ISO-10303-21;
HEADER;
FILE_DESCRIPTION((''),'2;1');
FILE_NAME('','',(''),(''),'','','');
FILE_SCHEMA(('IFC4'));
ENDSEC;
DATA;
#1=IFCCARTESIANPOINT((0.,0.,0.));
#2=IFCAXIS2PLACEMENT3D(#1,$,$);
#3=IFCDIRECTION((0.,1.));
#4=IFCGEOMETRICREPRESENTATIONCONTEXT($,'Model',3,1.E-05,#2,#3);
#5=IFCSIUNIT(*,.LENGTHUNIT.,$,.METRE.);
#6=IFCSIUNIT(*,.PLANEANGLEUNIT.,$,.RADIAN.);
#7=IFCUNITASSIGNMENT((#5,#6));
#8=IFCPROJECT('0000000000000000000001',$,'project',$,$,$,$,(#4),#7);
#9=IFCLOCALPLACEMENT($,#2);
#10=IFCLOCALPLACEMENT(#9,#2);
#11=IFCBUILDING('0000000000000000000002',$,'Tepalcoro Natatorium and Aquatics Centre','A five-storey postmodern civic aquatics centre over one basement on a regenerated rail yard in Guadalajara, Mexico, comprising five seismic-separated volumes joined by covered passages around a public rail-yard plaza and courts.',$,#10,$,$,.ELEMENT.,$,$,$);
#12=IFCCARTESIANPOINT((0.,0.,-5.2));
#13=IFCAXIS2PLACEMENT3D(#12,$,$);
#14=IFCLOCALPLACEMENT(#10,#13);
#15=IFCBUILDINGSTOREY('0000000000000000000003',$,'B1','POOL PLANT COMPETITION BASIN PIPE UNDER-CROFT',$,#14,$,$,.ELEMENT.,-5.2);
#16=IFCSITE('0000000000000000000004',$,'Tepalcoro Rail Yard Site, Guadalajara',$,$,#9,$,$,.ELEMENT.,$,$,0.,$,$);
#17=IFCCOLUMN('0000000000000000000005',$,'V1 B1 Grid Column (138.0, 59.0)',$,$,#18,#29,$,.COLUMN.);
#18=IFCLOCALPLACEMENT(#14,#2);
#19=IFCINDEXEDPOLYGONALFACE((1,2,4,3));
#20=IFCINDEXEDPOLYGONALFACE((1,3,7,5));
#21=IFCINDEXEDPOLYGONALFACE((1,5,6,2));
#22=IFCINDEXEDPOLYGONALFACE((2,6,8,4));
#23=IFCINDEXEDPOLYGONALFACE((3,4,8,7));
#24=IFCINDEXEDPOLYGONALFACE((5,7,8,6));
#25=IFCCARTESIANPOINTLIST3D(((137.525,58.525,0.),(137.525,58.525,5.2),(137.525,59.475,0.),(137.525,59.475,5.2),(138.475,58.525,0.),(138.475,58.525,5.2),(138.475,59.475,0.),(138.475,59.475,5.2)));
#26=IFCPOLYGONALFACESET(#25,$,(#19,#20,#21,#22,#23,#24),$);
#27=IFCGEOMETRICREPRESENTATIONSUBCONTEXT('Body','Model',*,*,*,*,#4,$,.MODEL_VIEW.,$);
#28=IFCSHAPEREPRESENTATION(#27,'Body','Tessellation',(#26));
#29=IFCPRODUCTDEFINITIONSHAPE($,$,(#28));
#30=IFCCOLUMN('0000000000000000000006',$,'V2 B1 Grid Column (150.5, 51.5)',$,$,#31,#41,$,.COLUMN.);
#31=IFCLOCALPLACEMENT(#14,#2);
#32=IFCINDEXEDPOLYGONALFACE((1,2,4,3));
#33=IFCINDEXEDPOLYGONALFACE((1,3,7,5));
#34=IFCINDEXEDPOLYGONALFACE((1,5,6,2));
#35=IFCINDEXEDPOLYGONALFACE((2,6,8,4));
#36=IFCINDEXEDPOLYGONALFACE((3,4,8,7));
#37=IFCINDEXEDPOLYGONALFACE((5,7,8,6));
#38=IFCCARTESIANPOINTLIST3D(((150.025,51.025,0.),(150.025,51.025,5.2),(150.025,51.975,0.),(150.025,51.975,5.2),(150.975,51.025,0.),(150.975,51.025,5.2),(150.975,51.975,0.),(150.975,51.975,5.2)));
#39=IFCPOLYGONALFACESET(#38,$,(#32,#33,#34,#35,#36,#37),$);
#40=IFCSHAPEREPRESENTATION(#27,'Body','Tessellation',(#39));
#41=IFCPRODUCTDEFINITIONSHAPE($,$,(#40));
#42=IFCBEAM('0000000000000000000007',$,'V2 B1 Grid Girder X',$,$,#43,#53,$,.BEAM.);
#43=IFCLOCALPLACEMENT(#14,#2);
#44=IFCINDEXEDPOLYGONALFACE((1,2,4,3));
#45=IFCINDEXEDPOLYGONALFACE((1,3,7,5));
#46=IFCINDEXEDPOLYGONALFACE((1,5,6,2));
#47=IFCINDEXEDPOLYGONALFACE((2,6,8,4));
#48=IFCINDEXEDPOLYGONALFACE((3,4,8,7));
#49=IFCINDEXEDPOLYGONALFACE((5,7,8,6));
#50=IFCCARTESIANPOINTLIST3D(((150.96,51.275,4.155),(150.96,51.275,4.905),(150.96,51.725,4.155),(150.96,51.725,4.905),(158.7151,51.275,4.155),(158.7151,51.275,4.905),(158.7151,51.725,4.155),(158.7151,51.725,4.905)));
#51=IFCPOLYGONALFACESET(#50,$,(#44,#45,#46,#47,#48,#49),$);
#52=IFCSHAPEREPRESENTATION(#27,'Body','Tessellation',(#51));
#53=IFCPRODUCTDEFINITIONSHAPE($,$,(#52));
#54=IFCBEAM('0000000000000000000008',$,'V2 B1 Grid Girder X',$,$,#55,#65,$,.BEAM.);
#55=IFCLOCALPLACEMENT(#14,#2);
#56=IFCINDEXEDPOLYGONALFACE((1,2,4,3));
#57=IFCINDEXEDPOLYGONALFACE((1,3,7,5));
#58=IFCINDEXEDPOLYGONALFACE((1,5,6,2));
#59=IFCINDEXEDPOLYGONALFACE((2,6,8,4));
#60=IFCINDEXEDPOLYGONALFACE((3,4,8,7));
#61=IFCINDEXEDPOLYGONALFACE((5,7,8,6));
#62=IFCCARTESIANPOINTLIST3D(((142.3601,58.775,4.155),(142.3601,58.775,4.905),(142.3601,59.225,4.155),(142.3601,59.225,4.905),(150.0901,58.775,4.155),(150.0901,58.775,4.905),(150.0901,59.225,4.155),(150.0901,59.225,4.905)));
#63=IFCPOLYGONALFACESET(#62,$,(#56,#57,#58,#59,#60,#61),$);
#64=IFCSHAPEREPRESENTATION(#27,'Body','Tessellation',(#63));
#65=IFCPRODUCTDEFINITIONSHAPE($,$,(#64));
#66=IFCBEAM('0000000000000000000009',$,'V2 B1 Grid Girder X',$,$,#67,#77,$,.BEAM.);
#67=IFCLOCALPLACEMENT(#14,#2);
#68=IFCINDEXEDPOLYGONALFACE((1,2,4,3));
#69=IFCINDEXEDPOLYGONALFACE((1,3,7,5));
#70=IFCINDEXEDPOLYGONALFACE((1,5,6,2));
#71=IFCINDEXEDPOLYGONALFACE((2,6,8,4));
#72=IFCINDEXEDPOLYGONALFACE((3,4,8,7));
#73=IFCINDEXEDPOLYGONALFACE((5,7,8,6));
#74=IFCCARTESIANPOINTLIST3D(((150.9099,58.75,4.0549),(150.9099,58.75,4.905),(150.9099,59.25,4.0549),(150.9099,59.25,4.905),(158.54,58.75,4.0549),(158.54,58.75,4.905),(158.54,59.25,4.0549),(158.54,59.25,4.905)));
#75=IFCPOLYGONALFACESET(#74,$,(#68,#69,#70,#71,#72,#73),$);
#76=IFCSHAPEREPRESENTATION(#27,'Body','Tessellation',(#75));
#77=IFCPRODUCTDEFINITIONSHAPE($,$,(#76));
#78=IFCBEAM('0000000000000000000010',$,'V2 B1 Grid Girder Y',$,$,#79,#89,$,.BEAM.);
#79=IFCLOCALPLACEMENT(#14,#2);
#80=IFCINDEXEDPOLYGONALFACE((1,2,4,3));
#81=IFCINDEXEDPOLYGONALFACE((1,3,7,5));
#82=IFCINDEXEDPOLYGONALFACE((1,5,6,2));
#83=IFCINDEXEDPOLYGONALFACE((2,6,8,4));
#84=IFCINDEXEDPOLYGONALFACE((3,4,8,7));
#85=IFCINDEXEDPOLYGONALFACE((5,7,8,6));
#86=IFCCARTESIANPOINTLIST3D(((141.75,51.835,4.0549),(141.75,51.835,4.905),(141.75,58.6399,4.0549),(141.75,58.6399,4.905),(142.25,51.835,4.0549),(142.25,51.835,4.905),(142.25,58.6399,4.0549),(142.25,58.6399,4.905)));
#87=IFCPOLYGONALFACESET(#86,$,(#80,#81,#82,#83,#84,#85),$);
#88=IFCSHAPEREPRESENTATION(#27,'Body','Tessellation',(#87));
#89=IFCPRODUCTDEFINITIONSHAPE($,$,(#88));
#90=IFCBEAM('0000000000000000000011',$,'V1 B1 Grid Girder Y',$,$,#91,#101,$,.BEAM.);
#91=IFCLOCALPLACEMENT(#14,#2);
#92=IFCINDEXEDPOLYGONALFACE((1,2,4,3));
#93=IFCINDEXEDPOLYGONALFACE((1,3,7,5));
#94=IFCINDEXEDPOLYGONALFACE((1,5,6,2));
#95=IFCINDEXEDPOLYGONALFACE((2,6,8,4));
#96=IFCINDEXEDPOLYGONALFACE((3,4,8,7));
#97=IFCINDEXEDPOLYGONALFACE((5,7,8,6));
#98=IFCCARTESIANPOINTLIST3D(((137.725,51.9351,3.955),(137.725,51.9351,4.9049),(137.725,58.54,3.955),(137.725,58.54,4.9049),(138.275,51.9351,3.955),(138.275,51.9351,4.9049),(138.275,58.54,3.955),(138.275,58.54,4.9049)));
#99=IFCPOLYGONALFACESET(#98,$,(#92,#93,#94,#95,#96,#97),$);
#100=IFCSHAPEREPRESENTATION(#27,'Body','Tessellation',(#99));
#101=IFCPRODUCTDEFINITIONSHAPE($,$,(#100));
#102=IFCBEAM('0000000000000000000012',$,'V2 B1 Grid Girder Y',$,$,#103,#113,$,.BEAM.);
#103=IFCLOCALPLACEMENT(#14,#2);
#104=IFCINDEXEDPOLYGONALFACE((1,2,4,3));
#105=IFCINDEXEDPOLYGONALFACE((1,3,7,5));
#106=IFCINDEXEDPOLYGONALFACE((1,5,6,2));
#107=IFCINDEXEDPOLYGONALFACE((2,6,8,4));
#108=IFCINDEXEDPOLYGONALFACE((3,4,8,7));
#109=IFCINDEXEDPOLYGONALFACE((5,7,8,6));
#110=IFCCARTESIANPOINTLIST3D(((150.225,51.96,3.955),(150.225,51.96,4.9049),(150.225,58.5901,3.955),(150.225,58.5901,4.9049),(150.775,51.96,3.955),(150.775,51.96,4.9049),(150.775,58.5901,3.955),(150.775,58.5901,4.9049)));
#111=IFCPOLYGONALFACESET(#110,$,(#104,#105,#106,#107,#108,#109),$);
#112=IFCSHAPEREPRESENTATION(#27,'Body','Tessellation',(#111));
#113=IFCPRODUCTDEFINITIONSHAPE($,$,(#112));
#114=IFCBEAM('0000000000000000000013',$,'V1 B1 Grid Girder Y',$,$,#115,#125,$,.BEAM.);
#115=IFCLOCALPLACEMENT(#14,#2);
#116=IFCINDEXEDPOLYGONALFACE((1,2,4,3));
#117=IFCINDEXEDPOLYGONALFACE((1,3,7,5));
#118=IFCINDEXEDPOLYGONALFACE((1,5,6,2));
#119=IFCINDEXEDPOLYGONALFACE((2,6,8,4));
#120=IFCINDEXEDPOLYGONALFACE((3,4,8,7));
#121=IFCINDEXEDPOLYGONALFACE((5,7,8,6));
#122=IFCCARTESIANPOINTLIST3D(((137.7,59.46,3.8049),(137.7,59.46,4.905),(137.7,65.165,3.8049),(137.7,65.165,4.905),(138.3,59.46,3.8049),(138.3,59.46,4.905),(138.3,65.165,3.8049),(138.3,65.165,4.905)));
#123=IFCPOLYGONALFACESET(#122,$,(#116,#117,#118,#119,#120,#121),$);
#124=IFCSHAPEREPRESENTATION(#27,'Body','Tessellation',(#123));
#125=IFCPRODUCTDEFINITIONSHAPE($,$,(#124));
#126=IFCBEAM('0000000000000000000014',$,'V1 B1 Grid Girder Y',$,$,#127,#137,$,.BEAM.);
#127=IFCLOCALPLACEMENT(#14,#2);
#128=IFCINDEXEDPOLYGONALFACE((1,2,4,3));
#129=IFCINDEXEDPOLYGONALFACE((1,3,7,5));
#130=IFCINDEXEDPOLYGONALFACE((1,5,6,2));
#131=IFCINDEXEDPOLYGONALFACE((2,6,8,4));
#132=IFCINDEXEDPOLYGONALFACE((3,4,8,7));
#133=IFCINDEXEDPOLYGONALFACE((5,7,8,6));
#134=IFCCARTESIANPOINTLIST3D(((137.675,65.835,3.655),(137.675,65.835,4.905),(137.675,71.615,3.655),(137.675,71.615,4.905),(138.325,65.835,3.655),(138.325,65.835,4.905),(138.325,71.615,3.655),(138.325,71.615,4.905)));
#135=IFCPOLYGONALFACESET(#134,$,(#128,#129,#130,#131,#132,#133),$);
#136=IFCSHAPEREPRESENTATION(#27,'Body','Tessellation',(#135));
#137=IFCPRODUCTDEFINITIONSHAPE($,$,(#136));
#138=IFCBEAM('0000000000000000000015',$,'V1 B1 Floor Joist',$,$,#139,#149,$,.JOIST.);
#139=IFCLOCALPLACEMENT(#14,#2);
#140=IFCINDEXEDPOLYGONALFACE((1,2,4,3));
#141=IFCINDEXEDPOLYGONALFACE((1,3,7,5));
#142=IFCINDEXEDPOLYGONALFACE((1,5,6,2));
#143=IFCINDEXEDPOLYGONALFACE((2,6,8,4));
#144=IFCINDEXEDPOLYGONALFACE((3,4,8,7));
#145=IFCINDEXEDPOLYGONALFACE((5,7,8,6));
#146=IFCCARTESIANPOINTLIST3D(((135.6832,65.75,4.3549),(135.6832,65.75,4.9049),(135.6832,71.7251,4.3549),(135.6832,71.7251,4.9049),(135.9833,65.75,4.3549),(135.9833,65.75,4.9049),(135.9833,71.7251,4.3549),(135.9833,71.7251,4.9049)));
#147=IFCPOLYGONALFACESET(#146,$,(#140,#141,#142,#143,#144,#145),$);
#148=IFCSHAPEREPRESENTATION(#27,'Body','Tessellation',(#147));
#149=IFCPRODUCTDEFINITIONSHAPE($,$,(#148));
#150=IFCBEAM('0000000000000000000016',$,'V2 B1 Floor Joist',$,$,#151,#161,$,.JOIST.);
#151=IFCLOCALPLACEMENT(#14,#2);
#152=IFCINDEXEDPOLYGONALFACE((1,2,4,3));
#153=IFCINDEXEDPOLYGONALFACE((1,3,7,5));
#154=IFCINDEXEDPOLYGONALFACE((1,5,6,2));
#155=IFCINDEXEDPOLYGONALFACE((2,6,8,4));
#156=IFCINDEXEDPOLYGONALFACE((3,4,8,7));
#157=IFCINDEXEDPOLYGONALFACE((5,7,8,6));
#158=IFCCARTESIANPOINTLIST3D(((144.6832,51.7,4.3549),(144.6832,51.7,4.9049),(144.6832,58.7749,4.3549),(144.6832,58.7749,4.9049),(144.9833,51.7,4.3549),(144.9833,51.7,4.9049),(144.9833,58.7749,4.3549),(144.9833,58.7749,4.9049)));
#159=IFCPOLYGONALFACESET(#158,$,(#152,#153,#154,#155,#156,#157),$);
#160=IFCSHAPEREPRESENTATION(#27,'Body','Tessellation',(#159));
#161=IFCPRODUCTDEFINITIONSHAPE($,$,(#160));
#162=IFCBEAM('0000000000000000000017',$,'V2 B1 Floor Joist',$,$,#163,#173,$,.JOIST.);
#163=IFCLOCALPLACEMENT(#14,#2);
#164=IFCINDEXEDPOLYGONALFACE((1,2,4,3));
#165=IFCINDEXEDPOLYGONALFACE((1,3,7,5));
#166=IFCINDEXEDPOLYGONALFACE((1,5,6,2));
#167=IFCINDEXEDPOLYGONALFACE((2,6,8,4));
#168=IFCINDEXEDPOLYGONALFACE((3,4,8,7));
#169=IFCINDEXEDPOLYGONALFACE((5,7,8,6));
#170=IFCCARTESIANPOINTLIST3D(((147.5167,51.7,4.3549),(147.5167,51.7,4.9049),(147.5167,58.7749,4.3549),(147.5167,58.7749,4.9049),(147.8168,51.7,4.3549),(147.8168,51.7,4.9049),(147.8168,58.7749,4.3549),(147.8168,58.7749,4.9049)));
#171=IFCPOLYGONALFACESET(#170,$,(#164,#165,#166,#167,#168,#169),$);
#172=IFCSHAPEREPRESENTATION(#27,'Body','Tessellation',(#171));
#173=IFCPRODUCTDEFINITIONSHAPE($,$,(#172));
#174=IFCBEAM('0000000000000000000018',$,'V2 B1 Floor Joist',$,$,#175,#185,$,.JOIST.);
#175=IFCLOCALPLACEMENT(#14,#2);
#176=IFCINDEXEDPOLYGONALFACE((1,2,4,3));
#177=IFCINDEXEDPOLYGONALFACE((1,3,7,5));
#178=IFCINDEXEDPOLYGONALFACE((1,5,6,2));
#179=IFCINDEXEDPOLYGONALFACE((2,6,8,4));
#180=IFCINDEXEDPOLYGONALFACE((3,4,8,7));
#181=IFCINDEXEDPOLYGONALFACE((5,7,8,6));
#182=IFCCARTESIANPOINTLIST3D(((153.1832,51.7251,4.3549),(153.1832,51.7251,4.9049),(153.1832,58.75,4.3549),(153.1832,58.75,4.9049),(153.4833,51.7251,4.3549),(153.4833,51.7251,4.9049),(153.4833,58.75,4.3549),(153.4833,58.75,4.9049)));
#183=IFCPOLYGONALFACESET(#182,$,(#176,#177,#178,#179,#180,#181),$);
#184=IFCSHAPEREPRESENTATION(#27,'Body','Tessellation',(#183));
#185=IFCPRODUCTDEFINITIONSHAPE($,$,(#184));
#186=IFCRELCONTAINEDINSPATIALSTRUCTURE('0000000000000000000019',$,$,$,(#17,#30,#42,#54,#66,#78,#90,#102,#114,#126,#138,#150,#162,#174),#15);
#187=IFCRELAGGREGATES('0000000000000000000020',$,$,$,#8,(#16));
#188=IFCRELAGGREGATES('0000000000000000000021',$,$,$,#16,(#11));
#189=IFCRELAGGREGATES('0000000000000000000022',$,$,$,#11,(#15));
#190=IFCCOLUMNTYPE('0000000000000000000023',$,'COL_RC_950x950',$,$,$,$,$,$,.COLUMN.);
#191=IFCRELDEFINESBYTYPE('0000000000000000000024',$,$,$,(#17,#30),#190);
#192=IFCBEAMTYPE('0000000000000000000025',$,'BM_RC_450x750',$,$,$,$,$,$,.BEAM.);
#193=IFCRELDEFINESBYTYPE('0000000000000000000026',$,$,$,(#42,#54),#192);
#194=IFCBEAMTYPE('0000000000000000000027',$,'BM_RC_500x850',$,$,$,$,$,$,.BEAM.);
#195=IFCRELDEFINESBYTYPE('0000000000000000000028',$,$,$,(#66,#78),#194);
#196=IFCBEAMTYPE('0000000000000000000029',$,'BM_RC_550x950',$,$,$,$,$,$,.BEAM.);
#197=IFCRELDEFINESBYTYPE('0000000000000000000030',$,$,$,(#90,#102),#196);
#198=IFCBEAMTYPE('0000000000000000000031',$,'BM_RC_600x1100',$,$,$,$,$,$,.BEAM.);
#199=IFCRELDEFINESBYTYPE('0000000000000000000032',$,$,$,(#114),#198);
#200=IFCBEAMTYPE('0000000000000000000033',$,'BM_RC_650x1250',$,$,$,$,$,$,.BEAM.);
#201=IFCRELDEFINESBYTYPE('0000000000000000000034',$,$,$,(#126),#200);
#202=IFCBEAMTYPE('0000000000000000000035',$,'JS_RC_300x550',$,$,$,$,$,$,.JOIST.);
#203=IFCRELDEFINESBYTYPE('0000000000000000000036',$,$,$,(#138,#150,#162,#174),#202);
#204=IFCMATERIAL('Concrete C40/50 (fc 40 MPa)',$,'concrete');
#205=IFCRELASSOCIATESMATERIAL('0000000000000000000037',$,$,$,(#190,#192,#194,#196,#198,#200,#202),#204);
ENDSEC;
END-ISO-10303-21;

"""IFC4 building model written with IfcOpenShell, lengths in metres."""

from ifc_helpers import new_model, si_unit, direction, frame, origin, origin_2d, place, context, subcontext, project, spatial, rectangle, extrude, material, material_profile, profile_set, type_object, element, save


model = new_model("IFC4")

# Units and contexts
model_context = context("Model", 3, precision=1e-05, world=origin(), true_north=direction((0.0, 1.0)))
body_context = subcontext(model_context, "Body", "Model", "MODEL_VIEW")
ifc_project = project(units=[si_unit("LENGTHUNIT", "METRE"), si_unit("PLANEANGLEUNIT", "RADIAN")], contexts=[model_context])

# Site, building, storey
site_placement = place(None, origin())
site = spatial("IfcSite", under=ifc_project, at=site_placement, Name="Tepalcoro Rail Yard Site, Guadalajara", CompositionType="ELEMENT", RefElevation=0.0)
building_placement = place(site_placement, origin())
building = spatial("IfcBuilding", under=site, at=building_placement, Name="Tepalcoro Natatorium and Aquatics Centre", Description="A five-storey postmodern civic aquatics centre over one basement on a regenerated rail yard in Guadalajara, Mexico, comprising five seismic-separated volumes joined by covered passages around a public rail-yard plaza and courts.", CompositionType="ELEMENT")
storey_placement = place(building_placement, frame((0.0, 0.0, -5.2)))
storey = spatial("IfcBuildingStorey", under=building, at=storey_placement, Name="B1", Description="POOL PLANT COMPETITION BASIN PIPE UNDER-CROFT", CompositionType="ELEMENT", Elevation=-5.2)

# Shared definitions
ifc_material_1 = material(Name="Concrete C40/50 (fc 40 MPa)", Category="concrete")

# Columns
ifc_material_profile_1 = material_profile(ifc_material_1, rectangle(XDim=0.95, YDim=0.95, at=origin_2d()), Name="RC950x950")
ifc_profile_set_1 = profile_set([ifc_material_profile_1], Name="Concrete C40/50 (fc 40 MPa)")
column_type_1 = type_object("IfcColumnType", Name="COL_RC_950x950", PredefinedType="COLUMN", material=ifc_profile_set_1)
for number, where, z_axis, x_axis, name in (
    (1, (138.0, 59.0, 0.0), (0.0, 0.0, 1.0), (1.0, 0.0, 0.0), "V1 B1 Grid Column (138.0, 59.0)"),
    (2, (150.5, 51.5, 0.0), (0.0, 0.0, 1.0), (1.0, 0.0, 0.0), "V2 B1 Grid Column (150.5, 51.5)"),
):
    element("IfcColumn", number, at=place(storey_placement, frame(where, z_axis=z_axis, x_axis=x_axis)), inside=storey, type_object=column_type_1, Name=name, PredefinedType="COLUMN", context=body_context, shape_type="SweptSolid", body=[
        extrude(rectangle(XDim=0.95, YDim=0.95, at=origin_2d()), origin(), (0.0, 0.0, 1.0), 5.2),
    ])

# Beams
ifc_material_profile_2 = material_profile(ifc_material_1, rectangle(XDim=0.45, YDim=0.75, at=origin_2d()), Name="RCB450x750")
ifc_profile_set_2 = profile_set([ifc_material_profile_2], Name="Concrete C40/50 (fc 40 MPa)")
beam_type_1 = type_object("IfcBeamType", Name="BM_RC_450x750", PredefinedType="BEAM", material=ifc_profile_set_2)
beam_1_placement = place(storey_placement, frame((150.96, 51.5, 4.53), z_axis=(1.0, 0.0, 0.0), x_axis=(0.0, 1.0, 0.0)))
element("IfcBeam", 3, at=beam_1_placement, inside=storey, type_object=beam_type_1, Name="V2 B1 Grid Girder X", PredefinedType="BEAM", context=body_context, shape_type="SweptSolid", body=[
    extrude(rectangle(XDim=0.45, YDim=0.75, at=origin_2d()), origin(), (0.0, 0.0, 1.0), 7.7551),
])
beam_2_placement = place(storey_placement, frame((142.3601, 59.0, 4.53), z_axis=(1.0, 0.0, 0.0), x_axis=(0.0, 1.0, 0.0)))
element("IfcBeam", 4, at=beam_2_placement, inside=storey, type_object=beam_type_1, Name="V2 B1 Grid Girder X", PredefinedType="BEAM", context=body_context, shape_type="SweptSolid", body=[
    extrude(rectangle(XDim=0.45, YDim=0.75, at=origin_2d()), origin(), (0.0, 0.0, 1.0), 7.73),
])
ifc_material_profile_3 = material_profile(ifc_material_1, rectangle(XDim=0.5, YDim=0.8501, at=origin_2d()), Name="RCB500x850")
ifc_profile_set_3 = profile_set([ifc_material_profile_3], Name="Concrete C40/50 (fc 40 MPa)")
beam_type_2 = type_object("IfcBeamType", Name="BM_RC_500x850", PredefinedType="BEAM", material=ifc_profile_set_3)
beam_3_placement = place(storey_placement, frame((150.9099, 59.0, 4.48), z_axis=(1.0, 0.0, 0.0), x_axis=(0.0, 1.0, 0.0)))
element("IfcBeam", 5, at=beam_3_placement, inside=storey, type_object=beam_type_2, Name="V2 B1 Grid Girder X", PredefinedType="BEAM", context=body_context, shape_type="SweptSolid", body=[
    extrude(rectangle(XDim=0.5, YDim=0.8501, at=origin_2d()), origin(), (0.0, 0.0, 1.0), 7.6301),
])
beam_4_placement = place(storey_placement, frame((142.0, 51.835, 4.48), z_axis=(0.0, 1.0, 0.0), x_axis=(-1.0, 0.0, 0.0)))
element("IfcBeam", 6, at=beam_4_placement, inside=storey, type_object=beam_type_2, Name="V2 B1 Grid Girder Y", PredefinedType="BEAM", context=body_context, shape_type="SweptSolid", body=[
    extrude(rectangle(XDim=0.5, YDim=0.8501, at=origin_2d()), origin(), (0.0, 0.0, 1.0), 6.8049),
])
ifc_material_profile_4 = material_profile(ifc_material_1, rectangle(XDim=0.55, YDim=0.95, at=origin_2d()), Name="RCB550x950")
ifc_profile_set_4 = profile_set([ifc_material_profile_4], Name="Concrete C40/50 (fc 40 MPa)")
beam_type_3 = type_object("IfcBeamType", Name="BM_RC_550x950", PredefinedType="BEAM", material=ifc_profile_set_4)
beam_5_placement = place(storey_placement, frame((138.0, 51.9351, 4.4299), z_axis=(0.0, 1.0, 0.0), x_axis=(-1.0, 0.0, 0.0)))
element("IfcBeam", 7, at=beam_5_placement, inside=storey, type_object=beam_type_3, Name="V1 B1 Grid Girder Y", PredefinedType="BEAM", context=body_context, shape_type="SweptSolid", body=[
    extrude(rectangle(XDim=0.55, YDim=0.95, at=origin_2d()), origin(), (0.0, 0.0, 1.0), 6.605),
])
beam_6_placement = place(storey_placement, frame((150.5, 51.96, 4.4299), z_axis=(0.0, 1.0, 0.0), x_axis=(-1.0, 0.0, 0.0)))
element("IfcBeam", 8, at=beam_6_placement, inside=storey, type_object=beam_type_3, Name="V2 B1 Grid Girder Y", PredefinedType="BEAM", context=body_context, shape_type="SweptSolid", body=[
    extrude(rectangle(XDim=0.55, YDim=0.95, at=origin_2d()), origin(), (0.0, 0.0, 1.0), 6.6301),
])
ifc_material_profile_5 = material_profile(ifc_material_1, rectangle(XDim=0.6001, YDim=1.1001, at=origin_2d()), Name="RCB600x1100")
ifc_profile_set_5 = profile_set([ifc_material_profile_5], Name="Concrete C40/50 (fc 40 MPa)")
beam_type_4 = type_object("IfcBeamType", Name="BM_RC_600x1100", PredefinedType="BEAM", material=ifc_profile_set_5)
beam_7_placement = place(storey_placement, frame((138.0, 59.46, 4.355), z_axis=(0.0, 1.0, 0.0), x_axis=(-1.0, 0.0, 0.0)))
element("IfcBeam", 9, at=beam_7_placement, inside=storey, type_object=beam_type_4, Name="V1 B1 Grid Girder Y", PredefinedType="BEAM", context=body_context, shape_type="SweptSolid", body=[
    extrude(rectangle(XDim=0.6001, YDim=1.1001, at=origin_2d()), origin(), (0.0, 0.0, 1.0), 5.7051),
])
ifc_material_profile_6 = material_profile(ifc_material_1, rectangle(XDim=0.6499, YDim=1.25, at=origin_2d()), Name="RCB650x1250")
ifc_profile_set_6 = profile_set([ifc_material_profile_6], Name="Concrete C40/50 (fc 40 MPa)")
beam_type_5 = type_object("IfcBeamType", Name="BM_RC_650x1250", PredefinedType="BEAM", material=ifc_profile_set_6)
beam_8_placement = place(storey_placement, frame((138.0, 65.835, 4.28), z_axis=(0.0, 1.0, 0.0), x_axis=(-1.0, 0.0, 0.0)))
element("IfcBeam", 10, at=beam_8_placement, inside=storey, type_object=beam_type_5, Name="V1 B1 Grid Girder Y", PredefinedType="BEAM", context=body_context, shape_type="SweptSolid", body=[
    extrude(rectangle(XDim=0.6499, YDim=1.25, at=origin_2d()), origin(), (0.0, 0.0, 1.0), 5.78),
])
ifc_material_profile_7 = material_profile(ifc_material_1, rectangle(XDim=0.3, YDim=0.55, at=origin_2d()), Name="RCJ300x550")
ifc_profile_set_7 = profile_set([ifc_material_profile_7], Name="Concrete C40/50 (fc 40 MPa)")
beam_type_6 = type_object("IfcBeamType", Name="JS_RC_300x550", PredefinedType="JOIST", material=ifc_profile_set_7)
beam_9_placement = place(storey_placement, frame((135.8333, 65.75, 4.6299), z_axis=(0.0, 1.0, 0.0), x_axis=(-1.0, 0.0, 0.0)))
element("IfcBeam", 11, at=beam_9_placement, inside=storey, type_object=beam_type_6, Name="V1 B1 Floor Joist", PredefinedType="JOIST", context=body_context, shape_type="SweptSolid", body=[
    extrude(rectangle(XDim=0.3, YDim=0.55, at=origin_2d()), origin(), (0.0, 0.0, 1.0), 5.9751),
])
for number, where, z_axis, x_axis, name in (
    (12, (144.8333, 51.7, 4.6299), (0.0, 1.0, 0.0), (-1.0, 0.0, 0.0), "V2 B1 Floor Joist"),
    (13, (147.6667, 51.7, 4.6299), (0.0, 1.0, 0.0), (-1.0, 0.0, 0.0), "V2 B1 Floor Joist"),
):
    element("IfcBeam", number, at=place(storey_placement, frame(where, z_axis=z_axis, x_axis=x_axis)), inside=storey, type_object=beam_type_6, Name=name, PredefinedType="JOIST", context=body_context, shape_type="SweptSolid", body=[
        extrude(rectangle(XDim=0.3, YDim=0.55, at=origin_2d()), origin(), (0.0, 0.0, 1.0), 7.075),
    ])
for number, where, z_axis, x_axis, name in (
    (14, (153.3333, 51.7251, 4.6299), (0.0, 1.0, 0.0), (-1.0, 0.0, 0.0), "V2 B1 Floor Joist"),
):
    element("IfcBeam", number, at=place(storey_placement, frame(where, z_axis=z_axis, x_axis=x_axis)), inside=storey, type_object=beam_type_6, Name=name, PredefinedType="JOIST", context=body_context, shape_type="SweptSolid", body=[
        extrude(rectangle(XDim=0.3, YDim=0.55, at=origin_2d()), origin(), (0.0, 0.0, 1.0), 7.0249),
    ])

save(model, "model.ifc")
